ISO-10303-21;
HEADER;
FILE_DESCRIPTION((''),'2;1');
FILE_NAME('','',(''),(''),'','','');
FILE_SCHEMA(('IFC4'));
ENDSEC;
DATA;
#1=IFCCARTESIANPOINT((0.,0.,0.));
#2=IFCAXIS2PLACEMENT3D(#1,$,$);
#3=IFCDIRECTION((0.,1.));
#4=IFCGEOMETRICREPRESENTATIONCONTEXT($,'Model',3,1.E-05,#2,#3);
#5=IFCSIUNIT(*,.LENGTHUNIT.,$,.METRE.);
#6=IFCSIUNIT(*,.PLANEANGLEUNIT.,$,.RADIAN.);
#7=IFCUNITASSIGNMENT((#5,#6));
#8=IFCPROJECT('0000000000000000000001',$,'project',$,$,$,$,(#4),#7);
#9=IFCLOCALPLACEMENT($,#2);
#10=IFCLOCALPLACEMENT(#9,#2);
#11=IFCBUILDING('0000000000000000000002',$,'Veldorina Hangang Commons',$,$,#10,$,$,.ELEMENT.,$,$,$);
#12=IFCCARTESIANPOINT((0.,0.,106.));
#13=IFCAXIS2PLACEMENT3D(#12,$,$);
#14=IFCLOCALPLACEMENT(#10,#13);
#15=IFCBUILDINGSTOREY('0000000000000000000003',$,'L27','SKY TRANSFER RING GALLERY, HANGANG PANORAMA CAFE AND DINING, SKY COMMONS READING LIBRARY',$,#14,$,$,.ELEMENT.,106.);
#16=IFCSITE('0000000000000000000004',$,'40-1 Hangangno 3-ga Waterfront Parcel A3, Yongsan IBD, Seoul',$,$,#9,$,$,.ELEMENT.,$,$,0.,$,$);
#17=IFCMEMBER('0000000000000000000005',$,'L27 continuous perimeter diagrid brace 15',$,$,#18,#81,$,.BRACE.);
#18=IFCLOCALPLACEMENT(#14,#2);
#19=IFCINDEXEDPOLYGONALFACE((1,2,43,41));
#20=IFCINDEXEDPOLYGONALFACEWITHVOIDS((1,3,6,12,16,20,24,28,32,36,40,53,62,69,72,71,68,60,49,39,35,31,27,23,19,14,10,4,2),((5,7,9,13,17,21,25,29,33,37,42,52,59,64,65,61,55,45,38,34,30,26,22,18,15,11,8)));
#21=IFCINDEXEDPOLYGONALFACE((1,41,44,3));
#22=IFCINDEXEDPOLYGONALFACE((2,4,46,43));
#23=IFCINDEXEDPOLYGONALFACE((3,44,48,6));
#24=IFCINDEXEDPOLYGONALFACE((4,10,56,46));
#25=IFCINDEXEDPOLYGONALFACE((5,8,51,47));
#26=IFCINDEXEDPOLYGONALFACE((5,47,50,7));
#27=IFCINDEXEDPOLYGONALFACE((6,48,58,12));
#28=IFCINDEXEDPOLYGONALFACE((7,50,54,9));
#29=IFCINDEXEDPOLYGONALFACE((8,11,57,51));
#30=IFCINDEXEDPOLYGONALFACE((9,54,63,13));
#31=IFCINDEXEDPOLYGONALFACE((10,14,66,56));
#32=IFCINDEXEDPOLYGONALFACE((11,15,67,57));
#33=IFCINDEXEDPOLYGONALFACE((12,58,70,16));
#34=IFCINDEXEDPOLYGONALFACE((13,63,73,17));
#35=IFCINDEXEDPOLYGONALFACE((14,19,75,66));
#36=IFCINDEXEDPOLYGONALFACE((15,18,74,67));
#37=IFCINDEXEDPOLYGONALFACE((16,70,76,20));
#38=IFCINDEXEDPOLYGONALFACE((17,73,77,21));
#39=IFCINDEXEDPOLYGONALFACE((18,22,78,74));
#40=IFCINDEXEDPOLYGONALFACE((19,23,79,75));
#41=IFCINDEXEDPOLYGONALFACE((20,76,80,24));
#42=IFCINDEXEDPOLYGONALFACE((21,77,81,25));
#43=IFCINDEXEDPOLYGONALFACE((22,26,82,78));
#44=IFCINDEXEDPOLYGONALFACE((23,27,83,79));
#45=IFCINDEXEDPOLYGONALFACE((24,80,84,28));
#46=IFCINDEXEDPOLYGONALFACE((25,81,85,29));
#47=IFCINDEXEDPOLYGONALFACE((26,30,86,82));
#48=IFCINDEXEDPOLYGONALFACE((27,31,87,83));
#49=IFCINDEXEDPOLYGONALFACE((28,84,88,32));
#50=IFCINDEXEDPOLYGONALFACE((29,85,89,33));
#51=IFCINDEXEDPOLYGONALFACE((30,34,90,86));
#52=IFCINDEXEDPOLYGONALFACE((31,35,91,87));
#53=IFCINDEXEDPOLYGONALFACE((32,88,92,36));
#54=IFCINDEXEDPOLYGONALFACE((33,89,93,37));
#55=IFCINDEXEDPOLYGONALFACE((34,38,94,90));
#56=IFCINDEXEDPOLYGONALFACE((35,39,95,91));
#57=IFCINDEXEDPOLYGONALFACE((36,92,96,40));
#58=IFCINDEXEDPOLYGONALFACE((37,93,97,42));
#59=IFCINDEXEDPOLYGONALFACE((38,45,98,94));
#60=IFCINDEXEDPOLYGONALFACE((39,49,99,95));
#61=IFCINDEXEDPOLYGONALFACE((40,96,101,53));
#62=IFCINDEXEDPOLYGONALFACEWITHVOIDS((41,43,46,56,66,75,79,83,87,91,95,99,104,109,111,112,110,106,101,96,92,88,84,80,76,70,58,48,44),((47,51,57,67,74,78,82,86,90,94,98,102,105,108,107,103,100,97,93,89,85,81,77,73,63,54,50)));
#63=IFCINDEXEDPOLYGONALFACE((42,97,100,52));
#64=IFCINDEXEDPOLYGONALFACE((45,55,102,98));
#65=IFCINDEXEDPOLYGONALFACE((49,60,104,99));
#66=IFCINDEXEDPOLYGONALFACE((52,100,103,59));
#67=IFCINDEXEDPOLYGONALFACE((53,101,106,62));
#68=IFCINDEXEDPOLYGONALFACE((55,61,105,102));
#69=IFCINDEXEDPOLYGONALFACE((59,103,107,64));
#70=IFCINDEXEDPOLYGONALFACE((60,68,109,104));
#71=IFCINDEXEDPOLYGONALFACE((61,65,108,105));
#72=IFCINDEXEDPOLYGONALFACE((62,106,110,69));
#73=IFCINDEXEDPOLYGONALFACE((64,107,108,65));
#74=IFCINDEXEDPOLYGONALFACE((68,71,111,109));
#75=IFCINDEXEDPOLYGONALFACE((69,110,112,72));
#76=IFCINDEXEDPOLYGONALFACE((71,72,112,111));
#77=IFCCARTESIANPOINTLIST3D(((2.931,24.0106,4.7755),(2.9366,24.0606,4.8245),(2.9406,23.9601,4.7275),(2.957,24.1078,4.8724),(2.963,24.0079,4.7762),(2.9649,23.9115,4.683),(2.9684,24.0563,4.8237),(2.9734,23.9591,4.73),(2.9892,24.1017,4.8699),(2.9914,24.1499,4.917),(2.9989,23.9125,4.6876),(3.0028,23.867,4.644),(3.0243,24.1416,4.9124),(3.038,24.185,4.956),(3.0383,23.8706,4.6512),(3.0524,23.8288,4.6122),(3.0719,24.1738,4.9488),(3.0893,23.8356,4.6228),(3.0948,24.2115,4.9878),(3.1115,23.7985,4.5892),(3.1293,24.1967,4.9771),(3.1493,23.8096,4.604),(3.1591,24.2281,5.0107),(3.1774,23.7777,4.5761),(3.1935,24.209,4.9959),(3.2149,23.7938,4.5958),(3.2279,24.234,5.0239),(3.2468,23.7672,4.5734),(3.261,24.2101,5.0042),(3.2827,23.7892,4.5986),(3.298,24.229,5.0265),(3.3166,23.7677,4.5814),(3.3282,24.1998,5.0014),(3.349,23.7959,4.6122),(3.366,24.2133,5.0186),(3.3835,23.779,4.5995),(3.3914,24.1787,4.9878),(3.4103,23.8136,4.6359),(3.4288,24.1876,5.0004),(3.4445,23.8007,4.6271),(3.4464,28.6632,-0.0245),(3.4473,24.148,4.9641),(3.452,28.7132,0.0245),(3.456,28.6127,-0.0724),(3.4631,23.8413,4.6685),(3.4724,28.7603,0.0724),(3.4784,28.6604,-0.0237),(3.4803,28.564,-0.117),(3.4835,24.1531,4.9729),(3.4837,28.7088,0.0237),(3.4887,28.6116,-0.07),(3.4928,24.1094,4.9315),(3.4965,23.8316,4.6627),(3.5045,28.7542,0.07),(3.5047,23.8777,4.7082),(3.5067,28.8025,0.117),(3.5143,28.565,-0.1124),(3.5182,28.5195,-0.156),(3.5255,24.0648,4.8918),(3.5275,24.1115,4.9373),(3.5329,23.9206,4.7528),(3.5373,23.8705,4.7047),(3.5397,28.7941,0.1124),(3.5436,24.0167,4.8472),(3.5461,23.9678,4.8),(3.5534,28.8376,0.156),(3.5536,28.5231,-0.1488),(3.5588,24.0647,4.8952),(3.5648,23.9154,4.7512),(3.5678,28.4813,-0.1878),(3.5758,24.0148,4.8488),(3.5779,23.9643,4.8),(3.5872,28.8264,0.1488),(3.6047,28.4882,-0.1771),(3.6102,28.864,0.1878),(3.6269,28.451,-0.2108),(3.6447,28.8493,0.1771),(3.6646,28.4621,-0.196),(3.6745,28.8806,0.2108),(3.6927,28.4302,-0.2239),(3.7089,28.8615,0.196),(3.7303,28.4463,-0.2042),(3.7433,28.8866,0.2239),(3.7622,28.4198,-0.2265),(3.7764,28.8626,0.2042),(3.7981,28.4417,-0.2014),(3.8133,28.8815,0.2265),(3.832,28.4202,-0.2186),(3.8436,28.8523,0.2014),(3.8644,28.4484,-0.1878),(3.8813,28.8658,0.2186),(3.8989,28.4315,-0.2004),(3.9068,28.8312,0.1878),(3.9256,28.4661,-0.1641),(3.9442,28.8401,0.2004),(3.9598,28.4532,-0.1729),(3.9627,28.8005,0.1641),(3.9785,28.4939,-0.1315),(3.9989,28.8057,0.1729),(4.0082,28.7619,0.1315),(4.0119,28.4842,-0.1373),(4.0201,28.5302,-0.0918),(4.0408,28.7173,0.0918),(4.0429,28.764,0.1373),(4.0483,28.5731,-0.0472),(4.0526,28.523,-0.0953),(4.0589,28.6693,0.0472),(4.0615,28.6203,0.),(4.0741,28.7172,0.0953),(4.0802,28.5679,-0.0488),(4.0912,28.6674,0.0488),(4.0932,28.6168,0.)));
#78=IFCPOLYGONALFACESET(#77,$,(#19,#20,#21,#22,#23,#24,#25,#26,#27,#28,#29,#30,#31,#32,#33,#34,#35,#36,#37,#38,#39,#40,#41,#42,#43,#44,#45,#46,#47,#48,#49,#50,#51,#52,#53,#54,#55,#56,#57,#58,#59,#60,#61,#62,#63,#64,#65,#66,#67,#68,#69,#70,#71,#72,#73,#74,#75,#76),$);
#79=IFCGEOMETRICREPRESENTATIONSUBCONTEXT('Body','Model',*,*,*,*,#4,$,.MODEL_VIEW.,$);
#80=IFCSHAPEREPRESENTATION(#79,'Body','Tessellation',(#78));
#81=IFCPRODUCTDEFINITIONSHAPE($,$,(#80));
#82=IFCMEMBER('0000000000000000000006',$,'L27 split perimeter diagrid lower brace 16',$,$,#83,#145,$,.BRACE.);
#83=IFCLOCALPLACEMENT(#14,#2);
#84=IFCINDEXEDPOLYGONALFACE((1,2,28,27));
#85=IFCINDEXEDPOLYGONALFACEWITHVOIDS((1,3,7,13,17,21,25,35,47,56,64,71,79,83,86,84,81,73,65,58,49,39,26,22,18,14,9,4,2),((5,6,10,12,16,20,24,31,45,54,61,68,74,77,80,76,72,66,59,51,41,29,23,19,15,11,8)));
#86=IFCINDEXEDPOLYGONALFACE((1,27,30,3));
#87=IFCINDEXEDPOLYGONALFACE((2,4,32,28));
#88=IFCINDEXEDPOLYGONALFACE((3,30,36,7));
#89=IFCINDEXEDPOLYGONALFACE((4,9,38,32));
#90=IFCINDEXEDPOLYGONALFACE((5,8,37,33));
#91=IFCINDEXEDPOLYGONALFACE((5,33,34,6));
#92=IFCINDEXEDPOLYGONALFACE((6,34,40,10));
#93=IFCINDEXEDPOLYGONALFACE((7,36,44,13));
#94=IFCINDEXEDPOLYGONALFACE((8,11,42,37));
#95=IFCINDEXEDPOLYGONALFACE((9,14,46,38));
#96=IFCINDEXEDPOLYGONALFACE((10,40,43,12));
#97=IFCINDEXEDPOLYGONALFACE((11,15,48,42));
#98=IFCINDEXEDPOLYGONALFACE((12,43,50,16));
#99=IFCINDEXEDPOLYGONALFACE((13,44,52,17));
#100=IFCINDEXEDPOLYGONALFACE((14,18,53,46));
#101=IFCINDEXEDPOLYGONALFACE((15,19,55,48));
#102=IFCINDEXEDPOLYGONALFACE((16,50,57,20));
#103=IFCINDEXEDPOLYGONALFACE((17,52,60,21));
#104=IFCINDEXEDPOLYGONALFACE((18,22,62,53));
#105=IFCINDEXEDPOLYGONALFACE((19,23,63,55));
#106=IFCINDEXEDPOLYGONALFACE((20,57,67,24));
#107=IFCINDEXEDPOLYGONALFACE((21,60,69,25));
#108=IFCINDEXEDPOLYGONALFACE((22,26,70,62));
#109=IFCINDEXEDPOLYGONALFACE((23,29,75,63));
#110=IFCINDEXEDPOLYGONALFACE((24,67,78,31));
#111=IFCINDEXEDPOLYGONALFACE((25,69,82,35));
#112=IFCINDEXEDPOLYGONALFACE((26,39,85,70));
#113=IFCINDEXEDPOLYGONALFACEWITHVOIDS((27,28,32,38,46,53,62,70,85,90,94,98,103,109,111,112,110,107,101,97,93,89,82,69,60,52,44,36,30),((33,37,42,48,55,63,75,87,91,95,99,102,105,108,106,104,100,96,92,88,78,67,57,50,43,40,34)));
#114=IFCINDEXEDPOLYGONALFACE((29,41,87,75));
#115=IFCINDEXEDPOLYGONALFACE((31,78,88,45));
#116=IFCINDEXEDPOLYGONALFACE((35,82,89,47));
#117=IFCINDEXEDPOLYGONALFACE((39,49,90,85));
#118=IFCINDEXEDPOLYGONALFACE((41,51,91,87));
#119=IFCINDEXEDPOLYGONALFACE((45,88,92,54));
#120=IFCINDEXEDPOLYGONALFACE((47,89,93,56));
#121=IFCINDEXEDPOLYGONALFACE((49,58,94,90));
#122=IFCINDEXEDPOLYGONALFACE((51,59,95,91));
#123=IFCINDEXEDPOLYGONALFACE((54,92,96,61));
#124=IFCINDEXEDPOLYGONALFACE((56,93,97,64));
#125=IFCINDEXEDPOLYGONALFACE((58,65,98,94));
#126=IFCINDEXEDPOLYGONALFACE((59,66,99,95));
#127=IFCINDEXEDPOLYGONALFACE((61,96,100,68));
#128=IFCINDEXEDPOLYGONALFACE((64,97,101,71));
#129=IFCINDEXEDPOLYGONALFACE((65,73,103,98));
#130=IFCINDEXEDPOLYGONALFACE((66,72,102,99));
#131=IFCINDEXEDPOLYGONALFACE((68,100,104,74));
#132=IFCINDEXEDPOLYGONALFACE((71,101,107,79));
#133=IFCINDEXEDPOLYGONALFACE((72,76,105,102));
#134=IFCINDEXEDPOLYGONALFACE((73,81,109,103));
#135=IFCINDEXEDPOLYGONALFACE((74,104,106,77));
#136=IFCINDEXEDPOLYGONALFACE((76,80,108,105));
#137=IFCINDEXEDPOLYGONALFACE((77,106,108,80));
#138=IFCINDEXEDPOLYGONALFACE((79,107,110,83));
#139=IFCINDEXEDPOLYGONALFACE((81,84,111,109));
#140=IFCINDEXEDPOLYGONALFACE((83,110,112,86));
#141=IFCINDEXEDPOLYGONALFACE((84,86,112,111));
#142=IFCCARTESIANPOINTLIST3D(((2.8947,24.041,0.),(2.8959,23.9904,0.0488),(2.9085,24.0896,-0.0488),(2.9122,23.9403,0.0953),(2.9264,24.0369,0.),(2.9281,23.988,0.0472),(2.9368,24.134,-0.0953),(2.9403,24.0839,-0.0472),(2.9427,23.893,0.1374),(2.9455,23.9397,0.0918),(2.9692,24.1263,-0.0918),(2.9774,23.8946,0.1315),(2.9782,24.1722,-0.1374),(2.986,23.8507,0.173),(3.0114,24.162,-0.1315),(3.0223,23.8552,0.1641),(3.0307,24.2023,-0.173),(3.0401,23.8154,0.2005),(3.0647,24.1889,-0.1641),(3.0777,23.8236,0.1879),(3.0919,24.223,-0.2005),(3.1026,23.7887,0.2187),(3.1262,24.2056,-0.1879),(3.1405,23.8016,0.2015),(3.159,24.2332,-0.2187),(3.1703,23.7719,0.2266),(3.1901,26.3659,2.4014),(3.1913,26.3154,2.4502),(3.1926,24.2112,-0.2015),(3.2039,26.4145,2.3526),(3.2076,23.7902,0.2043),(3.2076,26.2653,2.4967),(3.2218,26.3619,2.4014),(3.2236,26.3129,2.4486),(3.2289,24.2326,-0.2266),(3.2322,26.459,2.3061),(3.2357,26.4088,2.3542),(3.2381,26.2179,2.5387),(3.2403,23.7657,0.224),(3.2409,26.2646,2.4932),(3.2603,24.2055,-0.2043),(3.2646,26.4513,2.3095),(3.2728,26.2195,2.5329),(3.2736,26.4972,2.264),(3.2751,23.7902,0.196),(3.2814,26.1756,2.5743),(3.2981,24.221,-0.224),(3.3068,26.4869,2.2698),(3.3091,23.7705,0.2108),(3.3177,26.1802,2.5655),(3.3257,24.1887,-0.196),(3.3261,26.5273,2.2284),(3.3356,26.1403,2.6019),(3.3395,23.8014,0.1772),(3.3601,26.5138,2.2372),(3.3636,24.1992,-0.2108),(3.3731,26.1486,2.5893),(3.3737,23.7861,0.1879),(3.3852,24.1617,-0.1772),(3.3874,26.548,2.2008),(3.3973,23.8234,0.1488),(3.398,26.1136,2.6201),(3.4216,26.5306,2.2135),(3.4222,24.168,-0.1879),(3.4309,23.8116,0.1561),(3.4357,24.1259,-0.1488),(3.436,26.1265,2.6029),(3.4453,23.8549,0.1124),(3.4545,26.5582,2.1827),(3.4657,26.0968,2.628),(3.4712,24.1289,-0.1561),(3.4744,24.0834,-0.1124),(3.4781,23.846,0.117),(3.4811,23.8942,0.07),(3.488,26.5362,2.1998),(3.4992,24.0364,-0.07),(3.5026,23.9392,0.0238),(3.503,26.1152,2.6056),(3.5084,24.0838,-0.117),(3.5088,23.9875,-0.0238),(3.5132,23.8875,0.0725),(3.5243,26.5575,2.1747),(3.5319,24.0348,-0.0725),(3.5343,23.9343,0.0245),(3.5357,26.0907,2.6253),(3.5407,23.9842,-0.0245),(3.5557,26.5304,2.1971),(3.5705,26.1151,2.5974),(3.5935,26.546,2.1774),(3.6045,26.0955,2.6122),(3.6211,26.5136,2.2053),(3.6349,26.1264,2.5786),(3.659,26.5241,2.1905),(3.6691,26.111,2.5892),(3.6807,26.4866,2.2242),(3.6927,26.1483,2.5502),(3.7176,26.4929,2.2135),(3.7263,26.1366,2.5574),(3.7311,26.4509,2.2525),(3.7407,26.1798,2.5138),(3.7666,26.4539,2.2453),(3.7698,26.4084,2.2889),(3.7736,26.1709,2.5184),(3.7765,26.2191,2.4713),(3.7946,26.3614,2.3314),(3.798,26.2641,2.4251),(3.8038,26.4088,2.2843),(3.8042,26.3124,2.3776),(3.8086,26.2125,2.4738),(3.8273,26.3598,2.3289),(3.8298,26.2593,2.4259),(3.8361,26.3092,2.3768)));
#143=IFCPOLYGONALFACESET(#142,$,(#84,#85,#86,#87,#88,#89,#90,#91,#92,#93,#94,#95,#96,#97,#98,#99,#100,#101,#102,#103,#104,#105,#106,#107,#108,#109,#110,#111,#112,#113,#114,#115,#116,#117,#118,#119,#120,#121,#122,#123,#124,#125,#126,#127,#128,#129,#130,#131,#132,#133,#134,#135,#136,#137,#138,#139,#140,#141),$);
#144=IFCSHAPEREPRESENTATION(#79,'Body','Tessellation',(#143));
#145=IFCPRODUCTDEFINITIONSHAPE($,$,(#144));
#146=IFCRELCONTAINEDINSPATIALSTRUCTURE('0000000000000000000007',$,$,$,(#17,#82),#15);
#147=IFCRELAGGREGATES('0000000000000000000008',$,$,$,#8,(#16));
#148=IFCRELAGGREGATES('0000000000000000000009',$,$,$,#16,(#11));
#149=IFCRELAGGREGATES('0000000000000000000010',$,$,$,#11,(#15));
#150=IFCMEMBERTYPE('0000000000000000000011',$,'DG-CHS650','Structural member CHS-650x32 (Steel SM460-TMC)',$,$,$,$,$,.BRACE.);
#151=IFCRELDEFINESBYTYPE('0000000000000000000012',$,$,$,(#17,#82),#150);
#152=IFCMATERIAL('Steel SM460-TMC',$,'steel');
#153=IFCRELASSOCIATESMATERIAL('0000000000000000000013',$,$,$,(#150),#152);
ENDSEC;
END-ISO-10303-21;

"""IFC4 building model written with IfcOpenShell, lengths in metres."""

from ifc_helpers import new_model, si_unit, direction, frame, origin, origin_2d, place, context, subcontext, project, spatial, hollow_circle, extrude, material, material_profile, profile_set, type_object, element, save


model = new_model("IFC4")

# Units and contexts
model_context = context("Model", 3, precision=1e-05, world=origin(), true_north=direction((0.0, 1.0)))
body_context = subcontext(model_context, "Body", "Model", "MODEL_VIEW")
ifc_project = project(units=[si_unit("LENGTHUNIT", "METRE"), si_unit("PLANEANGLEUNIT", "RADIAN")], contexts=[model_context])

# Site, building, storey
site_placement = place(None, origin())
site = spatial("IfcSite", under=ifc_project, at=site_placement, Name="40-1 Hangangno 3-ga Waterfront Parcel A3, Yongsan IBD, Seoul", CompositionType="ELEMENT", RefElevation=0.0)
building_placement = place(site_placement, origin())
building = spatial("IfcBuilding", under=site, at=building_placement, Name="Veldorina Hangang Commons", CompositionType="ELEMENT")
storey_placement = place(building_placement, frame((0.0, 0.0, 106.0)))
storey = spatial("IfcBuildingStorey", under=building, at=storey_placement, Name="L27", Description="SKY TRANSFER RING GALLERY, HANGANG PANORAMA CAFE AND DINING, SKY COMMONS READING LIBRARY", CompositionType="ELEMENT", Elevation=106.0)

# Members
ifc_material_1 = material(Name="Steel SM460-TMC", Category="steel")
ifc_material_profile_1 = material_profile(ifc_material_1, hollow_circle(Radius=0.325, WallThickness=0.032, at=origin_2d()), Name="CHS-650x32")
ifc_profile_set_1 = profile_set([ifc_material_profile_1], Name="Steel SM460-TMC")
member_type_1 = type_object("IfcMemberType", Name="DG-CHS650", Description="Structural member CHS-650x32 (Steel SM460-TMC)", PredefinedType="BRACE", material=ifc_profile_set_1)
member_1_placement = place(storey_placement, frame((3.7703, 28.6526, 0.0), z_axis=(-0.076869, -0.693932, 0.715926), x_axis=(0.993921, -0.1101, 0.0)))
element("IfcMember", 1, at=member_1_placement, inside=storey, type_object=member_type_1, Name="L27 continuous perimeter diagrid brace 15", PredefinedType="BRACE", context=body_context, shape_type="SweptSolid", body=[
    extrude(hollow_circle(Radius=0.325, WallThickness=0.032, at=origin_2d()), origin(), (0.0, 0.0, 1.0), 6.7046),
])
member_2_placement = place(storey_placement, frame((3.217, 24.0, 0.0), z_axis=(0.088038, 0.692882, 0.715656), x_axis=(-0.992024, 0.126047, 0.0)))
element("IfcMember", 2, at=member_2_placement, inside=storey, type_object=member_type_1, Name="L27 split perimeter diagrid lower brace 16", PredefinedType="BRACE", context=body_context, shape_type="SweptSolid", body=[
    extrude(hollow_circle(Radius=0.325, WallThickness=0.032, at=origin_2d()), origin(), (0.0, 0.0, 1.0), 3.3555),
])

save(model, "model.ifc")
